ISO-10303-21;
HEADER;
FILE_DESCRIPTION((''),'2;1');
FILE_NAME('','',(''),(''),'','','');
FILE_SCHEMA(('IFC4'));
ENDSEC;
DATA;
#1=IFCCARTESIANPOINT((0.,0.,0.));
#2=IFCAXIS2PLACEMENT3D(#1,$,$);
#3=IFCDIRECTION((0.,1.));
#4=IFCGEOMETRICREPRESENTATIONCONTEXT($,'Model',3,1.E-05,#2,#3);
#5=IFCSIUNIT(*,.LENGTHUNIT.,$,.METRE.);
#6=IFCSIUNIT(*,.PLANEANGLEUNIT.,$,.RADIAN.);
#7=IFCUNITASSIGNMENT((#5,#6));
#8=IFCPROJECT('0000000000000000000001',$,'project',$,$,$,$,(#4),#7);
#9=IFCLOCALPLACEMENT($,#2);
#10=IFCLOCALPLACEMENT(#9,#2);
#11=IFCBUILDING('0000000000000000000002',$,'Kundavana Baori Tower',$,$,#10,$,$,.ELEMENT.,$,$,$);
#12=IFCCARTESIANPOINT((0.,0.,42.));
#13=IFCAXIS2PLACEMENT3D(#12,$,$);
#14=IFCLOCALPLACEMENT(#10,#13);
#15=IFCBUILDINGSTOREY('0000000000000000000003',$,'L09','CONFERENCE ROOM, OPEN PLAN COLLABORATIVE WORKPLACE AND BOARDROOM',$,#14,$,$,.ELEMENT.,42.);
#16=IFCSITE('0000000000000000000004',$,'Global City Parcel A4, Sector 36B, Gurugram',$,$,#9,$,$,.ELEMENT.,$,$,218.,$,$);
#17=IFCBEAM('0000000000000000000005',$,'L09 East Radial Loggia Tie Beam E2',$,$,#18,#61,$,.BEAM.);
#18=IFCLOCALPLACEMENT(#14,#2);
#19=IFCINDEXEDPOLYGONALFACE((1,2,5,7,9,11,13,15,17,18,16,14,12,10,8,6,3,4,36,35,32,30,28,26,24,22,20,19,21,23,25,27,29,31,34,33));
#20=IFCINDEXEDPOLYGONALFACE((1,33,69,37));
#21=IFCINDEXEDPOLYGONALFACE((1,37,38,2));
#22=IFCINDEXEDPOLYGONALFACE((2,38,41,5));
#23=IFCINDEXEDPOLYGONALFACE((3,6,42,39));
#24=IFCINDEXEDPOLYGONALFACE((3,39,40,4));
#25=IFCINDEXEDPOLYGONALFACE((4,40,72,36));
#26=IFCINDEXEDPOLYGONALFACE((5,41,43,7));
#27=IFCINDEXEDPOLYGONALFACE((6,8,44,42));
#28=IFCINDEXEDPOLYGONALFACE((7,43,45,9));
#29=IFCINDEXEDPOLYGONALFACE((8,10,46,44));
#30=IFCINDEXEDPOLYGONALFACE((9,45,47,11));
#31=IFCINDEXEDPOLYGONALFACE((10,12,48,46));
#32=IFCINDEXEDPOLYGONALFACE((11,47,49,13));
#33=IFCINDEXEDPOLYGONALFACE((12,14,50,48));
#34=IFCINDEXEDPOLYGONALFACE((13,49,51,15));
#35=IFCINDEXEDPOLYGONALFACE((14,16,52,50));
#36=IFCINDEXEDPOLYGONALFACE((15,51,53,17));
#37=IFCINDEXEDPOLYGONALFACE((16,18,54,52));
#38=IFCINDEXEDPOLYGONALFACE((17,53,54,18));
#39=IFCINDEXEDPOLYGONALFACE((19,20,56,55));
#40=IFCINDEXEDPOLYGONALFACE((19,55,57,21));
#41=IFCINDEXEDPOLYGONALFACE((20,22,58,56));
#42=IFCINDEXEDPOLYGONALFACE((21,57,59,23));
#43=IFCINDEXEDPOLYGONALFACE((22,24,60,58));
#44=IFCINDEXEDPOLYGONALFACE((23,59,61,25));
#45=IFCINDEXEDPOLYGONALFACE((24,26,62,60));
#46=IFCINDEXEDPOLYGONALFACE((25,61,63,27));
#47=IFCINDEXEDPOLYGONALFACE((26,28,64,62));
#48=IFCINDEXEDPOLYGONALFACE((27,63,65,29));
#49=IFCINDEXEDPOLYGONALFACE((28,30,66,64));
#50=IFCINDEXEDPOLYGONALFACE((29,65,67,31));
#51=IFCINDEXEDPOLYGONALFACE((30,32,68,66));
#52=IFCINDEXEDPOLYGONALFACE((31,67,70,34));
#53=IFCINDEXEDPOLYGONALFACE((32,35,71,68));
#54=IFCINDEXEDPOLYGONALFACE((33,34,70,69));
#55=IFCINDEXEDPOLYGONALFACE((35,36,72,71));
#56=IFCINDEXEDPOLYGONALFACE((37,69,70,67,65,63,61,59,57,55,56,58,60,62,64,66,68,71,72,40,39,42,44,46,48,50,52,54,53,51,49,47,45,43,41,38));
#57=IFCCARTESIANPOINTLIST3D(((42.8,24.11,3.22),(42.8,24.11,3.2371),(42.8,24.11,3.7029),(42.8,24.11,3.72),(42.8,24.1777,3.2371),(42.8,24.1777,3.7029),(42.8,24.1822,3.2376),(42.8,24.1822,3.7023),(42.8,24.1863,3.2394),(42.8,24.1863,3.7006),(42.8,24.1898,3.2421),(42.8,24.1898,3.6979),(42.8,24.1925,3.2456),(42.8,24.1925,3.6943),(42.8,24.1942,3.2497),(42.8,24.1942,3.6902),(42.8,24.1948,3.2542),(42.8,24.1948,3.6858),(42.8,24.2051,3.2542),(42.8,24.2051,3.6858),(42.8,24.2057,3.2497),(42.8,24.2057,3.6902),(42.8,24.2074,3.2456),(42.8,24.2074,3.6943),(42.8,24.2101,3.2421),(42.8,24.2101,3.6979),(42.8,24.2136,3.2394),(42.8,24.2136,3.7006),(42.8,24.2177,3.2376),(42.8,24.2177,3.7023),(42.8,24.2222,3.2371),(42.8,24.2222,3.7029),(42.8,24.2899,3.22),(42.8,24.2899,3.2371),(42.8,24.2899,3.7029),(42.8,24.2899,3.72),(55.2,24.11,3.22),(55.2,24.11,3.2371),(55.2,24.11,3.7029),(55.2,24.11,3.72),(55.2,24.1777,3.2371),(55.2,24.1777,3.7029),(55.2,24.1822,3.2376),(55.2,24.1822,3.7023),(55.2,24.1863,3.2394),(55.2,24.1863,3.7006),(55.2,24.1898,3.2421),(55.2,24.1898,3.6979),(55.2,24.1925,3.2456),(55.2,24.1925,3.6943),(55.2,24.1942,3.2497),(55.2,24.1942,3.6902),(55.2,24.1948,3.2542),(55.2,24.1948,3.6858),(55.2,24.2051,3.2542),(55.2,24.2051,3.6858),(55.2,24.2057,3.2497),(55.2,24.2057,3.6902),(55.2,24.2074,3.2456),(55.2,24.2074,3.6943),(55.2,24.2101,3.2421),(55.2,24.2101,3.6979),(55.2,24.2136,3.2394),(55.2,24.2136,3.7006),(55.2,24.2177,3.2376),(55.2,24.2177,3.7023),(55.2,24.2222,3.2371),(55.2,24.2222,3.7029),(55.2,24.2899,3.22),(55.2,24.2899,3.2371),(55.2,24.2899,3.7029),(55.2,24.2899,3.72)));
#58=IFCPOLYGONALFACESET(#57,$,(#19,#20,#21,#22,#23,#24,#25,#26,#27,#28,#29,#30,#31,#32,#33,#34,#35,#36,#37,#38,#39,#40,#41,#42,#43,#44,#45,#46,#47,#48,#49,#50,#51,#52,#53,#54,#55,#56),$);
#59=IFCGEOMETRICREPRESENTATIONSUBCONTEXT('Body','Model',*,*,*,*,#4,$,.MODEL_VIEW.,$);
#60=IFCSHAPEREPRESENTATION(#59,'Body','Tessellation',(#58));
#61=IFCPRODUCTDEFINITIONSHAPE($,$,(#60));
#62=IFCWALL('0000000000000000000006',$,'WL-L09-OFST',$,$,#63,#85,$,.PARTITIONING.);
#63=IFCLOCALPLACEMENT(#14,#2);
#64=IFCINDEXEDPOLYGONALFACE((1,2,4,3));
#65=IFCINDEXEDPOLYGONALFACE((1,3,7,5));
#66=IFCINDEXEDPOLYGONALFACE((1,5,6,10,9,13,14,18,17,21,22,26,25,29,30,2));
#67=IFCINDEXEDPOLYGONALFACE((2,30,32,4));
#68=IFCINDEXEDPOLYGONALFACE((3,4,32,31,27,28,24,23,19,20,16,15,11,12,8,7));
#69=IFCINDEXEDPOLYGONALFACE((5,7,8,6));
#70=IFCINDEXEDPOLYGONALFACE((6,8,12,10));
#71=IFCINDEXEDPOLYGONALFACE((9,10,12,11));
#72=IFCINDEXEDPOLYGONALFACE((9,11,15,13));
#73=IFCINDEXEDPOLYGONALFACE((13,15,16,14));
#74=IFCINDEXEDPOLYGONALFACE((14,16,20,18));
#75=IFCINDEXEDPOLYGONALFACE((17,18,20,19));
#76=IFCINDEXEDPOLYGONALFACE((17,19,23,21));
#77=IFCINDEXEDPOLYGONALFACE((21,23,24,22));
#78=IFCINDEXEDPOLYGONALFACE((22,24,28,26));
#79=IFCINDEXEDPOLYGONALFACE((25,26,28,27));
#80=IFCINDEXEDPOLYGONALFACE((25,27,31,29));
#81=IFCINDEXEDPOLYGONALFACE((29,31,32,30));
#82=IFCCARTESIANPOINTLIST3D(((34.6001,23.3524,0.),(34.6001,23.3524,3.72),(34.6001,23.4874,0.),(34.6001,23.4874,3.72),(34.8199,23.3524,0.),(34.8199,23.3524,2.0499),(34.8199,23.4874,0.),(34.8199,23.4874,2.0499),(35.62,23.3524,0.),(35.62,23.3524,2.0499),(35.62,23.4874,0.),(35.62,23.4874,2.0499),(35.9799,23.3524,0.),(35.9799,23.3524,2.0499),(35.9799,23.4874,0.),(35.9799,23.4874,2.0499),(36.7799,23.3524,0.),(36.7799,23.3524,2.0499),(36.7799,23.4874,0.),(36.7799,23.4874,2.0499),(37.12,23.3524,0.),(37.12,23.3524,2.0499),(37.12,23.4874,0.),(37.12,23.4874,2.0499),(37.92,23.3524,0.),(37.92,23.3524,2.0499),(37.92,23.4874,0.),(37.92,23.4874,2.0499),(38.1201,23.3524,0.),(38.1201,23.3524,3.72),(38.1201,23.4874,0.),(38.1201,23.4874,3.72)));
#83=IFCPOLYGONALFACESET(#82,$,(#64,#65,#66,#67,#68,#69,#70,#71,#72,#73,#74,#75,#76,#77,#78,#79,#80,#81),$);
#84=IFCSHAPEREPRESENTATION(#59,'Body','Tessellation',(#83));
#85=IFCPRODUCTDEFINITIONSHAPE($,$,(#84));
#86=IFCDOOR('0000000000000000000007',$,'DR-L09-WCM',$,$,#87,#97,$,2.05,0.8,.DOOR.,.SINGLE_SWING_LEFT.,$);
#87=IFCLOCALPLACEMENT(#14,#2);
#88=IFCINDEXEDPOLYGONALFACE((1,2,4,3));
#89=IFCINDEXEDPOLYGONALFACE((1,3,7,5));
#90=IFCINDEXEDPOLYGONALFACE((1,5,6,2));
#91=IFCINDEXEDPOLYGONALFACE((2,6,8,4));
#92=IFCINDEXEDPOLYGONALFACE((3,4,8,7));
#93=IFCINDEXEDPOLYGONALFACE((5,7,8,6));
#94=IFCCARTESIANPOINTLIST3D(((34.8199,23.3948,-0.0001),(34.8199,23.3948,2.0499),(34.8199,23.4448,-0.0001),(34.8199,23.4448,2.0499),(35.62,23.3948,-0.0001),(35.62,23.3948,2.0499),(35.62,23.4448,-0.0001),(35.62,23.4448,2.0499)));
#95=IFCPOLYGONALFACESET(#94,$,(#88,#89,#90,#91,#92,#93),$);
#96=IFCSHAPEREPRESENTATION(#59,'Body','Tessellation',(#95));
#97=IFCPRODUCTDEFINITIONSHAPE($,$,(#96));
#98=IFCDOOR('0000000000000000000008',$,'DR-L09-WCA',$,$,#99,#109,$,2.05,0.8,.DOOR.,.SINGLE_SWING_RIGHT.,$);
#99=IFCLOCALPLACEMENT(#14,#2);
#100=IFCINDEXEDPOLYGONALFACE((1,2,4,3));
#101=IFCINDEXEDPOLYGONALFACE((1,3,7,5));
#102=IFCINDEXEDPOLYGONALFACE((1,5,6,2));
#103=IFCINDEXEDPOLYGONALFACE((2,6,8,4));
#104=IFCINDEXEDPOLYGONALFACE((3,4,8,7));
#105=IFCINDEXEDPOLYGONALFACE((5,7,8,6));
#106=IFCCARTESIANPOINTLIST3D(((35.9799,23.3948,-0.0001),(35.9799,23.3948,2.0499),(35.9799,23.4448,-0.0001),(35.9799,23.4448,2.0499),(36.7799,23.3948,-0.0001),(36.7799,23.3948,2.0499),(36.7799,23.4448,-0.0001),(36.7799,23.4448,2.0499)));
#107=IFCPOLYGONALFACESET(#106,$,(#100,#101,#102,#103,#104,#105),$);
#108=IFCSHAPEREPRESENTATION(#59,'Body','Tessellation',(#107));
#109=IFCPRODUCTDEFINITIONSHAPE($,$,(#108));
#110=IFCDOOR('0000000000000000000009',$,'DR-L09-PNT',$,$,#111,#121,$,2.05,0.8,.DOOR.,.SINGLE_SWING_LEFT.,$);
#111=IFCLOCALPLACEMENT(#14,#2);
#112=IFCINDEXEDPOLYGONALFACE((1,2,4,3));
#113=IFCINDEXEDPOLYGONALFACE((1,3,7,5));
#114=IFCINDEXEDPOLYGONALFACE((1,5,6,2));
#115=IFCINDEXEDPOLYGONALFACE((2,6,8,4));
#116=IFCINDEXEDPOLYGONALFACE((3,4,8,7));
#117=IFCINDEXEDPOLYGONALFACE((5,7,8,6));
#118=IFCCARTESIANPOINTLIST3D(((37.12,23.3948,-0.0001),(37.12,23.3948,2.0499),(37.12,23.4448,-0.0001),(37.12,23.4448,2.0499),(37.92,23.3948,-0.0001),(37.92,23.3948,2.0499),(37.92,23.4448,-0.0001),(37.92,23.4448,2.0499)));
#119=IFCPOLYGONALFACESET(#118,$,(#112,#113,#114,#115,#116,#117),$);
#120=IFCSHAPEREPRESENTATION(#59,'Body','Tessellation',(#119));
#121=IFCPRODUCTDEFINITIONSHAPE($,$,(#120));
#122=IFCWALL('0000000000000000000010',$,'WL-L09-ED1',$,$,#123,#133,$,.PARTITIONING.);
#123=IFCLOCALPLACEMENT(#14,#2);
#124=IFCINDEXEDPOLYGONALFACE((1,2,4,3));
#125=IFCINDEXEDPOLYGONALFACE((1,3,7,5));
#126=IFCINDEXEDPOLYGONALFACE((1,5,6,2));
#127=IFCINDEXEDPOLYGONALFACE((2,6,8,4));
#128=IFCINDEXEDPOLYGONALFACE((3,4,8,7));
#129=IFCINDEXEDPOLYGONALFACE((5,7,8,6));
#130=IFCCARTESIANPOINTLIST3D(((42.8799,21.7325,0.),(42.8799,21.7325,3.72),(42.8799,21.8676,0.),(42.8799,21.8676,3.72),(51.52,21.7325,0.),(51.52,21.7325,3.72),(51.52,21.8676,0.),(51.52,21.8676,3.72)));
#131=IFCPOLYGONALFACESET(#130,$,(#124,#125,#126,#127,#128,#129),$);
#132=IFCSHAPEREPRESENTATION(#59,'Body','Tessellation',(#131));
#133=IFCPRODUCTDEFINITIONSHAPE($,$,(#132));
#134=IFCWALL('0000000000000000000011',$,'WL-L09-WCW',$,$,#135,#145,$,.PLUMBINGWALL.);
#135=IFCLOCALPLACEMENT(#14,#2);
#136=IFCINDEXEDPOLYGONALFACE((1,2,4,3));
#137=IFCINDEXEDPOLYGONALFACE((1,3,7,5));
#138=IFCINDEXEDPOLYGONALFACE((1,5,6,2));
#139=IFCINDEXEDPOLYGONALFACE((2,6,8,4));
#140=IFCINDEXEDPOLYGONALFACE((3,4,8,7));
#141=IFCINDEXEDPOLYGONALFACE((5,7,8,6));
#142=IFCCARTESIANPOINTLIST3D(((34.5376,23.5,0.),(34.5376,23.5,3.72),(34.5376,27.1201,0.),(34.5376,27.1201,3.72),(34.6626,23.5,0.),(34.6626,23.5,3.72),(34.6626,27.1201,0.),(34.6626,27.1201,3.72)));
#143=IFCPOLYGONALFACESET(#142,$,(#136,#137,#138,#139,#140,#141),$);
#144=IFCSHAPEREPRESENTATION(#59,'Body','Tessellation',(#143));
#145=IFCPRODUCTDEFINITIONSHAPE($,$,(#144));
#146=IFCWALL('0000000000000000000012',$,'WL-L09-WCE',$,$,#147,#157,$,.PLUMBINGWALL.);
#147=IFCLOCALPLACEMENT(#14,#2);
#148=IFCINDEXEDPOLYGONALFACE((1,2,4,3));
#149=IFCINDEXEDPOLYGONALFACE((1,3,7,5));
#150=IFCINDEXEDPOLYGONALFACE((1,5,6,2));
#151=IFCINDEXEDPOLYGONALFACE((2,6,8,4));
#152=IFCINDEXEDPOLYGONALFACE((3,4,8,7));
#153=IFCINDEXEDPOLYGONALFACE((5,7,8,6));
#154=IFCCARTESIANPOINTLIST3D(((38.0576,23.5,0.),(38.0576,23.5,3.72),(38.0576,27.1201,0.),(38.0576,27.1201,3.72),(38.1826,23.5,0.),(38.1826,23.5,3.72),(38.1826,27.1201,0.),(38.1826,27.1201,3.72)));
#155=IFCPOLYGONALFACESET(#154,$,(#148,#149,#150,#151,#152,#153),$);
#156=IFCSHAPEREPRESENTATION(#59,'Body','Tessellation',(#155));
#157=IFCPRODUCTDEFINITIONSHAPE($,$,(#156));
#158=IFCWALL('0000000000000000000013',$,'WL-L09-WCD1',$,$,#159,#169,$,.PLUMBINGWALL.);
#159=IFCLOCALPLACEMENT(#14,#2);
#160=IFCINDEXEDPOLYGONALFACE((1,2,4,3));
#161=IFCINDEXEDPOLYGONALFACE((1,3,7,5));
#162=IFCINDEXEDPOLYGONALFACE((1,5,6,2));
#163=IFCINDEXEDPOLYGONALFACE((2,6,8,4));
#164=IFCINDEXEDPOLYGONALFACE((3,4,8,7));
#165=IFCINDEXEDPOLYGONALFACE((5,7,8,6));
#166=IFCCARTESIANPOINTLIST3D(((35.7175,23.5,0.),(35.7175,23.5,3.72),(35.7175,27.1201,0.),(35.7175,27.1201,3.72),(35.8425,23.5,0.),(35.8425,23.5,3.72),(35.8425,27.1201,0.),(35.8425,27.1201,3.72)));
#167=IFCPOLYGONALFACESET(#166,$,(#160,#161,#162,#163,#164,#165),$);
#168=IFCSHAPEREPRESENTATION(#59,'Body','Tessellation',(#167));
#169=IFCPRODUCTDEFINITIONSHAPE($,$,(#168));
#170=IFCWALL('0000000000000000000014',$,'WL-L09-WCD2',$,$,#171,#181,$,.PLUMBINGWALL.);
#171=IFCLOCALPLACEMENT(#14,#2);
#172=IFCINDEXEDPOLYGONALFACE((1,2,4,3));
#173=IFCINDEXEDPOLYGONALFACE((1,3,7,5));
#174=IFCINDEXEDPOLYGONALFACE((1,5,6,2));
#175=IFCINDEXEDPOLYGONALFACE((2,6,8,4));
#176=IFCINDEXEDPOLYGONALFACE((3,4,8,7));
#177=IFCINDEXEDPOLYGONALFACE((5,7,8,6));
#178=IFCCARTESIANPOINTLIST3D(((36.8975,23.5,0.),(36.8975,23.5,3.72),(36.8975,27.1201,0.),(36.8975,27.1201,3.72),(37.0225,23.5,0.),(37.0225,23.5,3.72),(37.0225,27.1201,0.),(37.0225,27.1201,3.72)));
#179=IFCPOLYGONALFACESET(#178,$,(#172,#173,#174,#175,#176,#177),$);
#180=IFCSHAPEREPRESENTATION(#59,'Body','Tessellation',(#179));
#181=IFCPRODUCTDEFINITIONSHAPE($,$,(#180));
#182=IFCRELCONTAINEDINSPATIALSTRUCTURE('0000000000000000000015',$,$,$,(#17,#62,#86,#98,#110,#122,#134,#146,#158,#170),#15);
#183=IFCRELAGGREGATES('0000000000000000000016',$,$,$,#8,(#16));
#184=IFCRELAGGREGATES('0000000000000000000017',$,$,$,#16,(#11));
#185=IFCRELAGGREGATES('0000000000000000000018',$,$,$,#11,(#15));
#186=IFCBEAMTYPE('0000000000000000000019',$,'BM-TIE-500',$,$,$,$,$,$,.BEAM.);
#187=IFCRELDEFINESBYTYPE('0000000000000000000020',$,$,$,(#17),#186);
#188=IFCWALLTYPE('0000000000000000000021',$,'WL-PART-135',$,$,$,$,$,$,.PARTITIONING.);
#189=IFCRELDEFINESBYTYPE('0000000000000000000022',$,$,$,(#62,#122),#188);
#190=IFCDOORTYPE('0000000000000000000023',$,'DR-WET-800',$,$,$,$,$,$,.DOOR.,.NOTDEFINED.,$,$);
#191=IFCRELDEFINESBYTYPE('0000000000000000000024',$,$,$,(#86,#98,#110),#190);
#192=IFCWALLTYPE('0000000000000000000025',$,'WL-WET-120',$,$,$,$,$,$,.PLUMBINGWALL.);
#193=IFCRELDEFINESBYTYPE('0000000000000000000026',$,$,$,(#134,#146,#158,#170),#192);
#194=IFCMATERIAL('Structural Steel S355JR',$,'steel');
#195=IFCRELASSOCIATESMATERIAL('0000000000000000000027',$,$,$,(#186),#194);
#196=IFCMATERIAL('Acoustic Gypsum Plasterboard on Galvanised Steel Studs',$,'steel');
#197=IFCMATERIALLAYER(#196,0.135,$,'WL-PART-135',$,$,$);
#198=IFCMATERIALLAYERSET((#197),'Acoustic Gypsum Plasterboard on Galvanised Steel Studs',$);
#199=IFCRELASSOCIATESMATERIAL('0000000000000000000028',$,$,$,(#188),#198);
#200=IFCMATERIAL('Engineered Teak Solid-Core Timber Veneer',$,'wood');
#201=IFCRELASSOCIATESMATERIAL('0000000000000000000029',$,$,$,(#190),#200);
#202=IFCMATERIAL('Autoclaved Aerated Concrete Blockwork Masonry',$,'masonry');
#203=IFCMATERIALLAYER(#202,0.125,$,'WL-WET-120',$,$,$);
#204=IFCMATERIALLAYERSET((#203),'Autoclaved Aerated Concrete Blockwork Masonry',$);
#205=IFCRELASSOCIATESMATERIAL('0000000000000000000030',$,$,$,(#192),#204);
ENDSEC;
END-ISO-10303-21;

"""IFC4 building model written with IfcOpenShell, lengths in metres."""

from ifc_helpers import new_model, si_unit, direction, frame, frame_2d, origin, origin_2d, place, context, subcontext, project, spatial, rectangle, i_section, extrude, material, layer, layer_set, material_profile, profile_set, type_object, element, fill, save


model = new_model("IFC4")

# Units and contexts
model_context = context("Model", 3, precision=1e-05, world=origin(), true_north=direction((0.0, 1.0)))
body_context = subcontext(model_context, "Body", "Model", "MODEL_VIEW")
ifc_project = project(units=[si_unit("LENGTHUNIT", "METRE"), si_unit("PLANEANGLEUNIT", "RADIAN")], contexts=[model_context])

# Site, building, storey
site_placement = place(None, origin())
site = spatial("IfcSite", under=ifc_project, at=site_placement, Name="Global City Parcel A4, Sector 36B, Gurugram", CompositionType="ELEMENT", RefElevation=218.0)
building_placement = place(site_placement, origin())
building = spatial("IfcBuilding", under=site, at=building_placement, Name="Kundavana Baori Tower", CompositionType="ELEMENT")
storey_placement = place(building_placement, frame((0.0, 0.0, 42.0)))
storey = spatial("IfcBuildingStorey", under=building, at=storey_placement, Name="L09", Description="CONFERENCE ROOM, OPEN PLAN COLLABORATIVE WORKPLACE AND BOARDROOM", CompositionType="ELEMENT", Elevation=42.0)

# Beam
ifc_material_1 = material(Name="Structural Steel S355JR", Category="steel")
ifc_material_profile_1 = material_profile(ifc_material_1, i_section(OverallWidth=0.1799, OverallDepth=0.5, WebThickness=0.0103, FlangeThickness=0.0171, FilletRadius=0.0171, at=origin_2d()), Name="ISMB 500")
ifc_profile_set_1 = profile_set([ifc_material_profile_1], Name="Structural Steel S355JR")
beam_type_1 = type_object("IfcBeamType", Name="BM-TIE-500", PredefinedType="BEAM", material=ifc_profile_set_1)
beam_1_placement = place(storey_placement, frame((42.8, 24.2, 3.47), z_axis=(1.0, 0.0, 0.0), x_axis=(0.0, 1.0, 0.0)))
element("IfcBeam", 1, at=beam_1_placement, inside=storey, type_object=beam_type_1, Name="L09 East Radial Loggia Tie Beam E2", PredefinedType="BEAM", context=body_context, shape_type="SweptSolid", body=[
    extrude(i_section(OverallWidth=0.1799, OverallDepth=0.5, WebThickness=0.0103, FlangeThickness=0.0171, FilletRadius=0.0171, at=origin_2d()), origin(), (0.0, 0.0, 1.0), 12.3999),
])

# Wall, openings, doors
ifc_material_2 = material(Name="Acoustic Gypsum Plasterboard on Galvanised Steel Studs", Category="steel")
ifc_layer_1 = layer(ifc_material_2, 0.135, Name="WL-PART-135")
ifc_layer_set_1 = layer_set([ifc_layer_1], Name="Acoustic Gypsum Plasterboard on Galvanised Steel Studs")
wall_type_1 = type_object("IfcWallType", Name="WL-PART-135", PredefinedType="PARTITIONING", material=ifc_layer_set_1)
wall_1_placement = place(storey_placement, frame((34.6001, 23.4199, 0.0), z_axis=(0.0, 0.0, 1.0), x_axis=(1.0, 0.0, 0.0)))
wall_1 = element("IfcWall", 2, at=wall_1_placement, inside=storey, type_object=wall_type_1, Name="WL-L09-OFST", PredefinedType="PARTITIONING", context=body_context, shape_type="SweptSolid", body=[
    extrude(rectangle(XDim=3.52, YDim=0.135, at=frame_2d((1.76, 0.0))), origin(), (0.0, 0.0, 1.0), 3.72),
])
opening_1_placement = place(wall_1_placement, frame((0.22, 0.0, 0.0)))
opening_1 = element("IfcOpeningElement", 3, at=opening_1_placement, cuts=wall_1, PredefinedType="OPENING", context=body_context, shape_type="SweptSolid", body=[
    extrude(rectangle(XDim=0.8, YDim=2.05, at=frame_2d((0.3999, 1.0249))), frame((0.0, 0.0776, 0.0), z_axis=(0.0, -1.0, 0.0), x_axis=(1.0, 0.0, 0.0)), (0.0, 0.0, 1.0), 0.155),
])
opening_2_placement = place(wall_1_placement, frame((1.3799, 0.0, 0.0)))
opening_2 = element("IfcOpeningElement", 4, at=opening_2_placement, cuts=wall_1, PredefinedType="OPENING", context=body_context, shape_type="SweptSolid", body=[
    extrude(rectangle(XDim=0.8, YDim=2.05, at=frame_2d((0.3999, 1.0249))), frame((0.0, 0.0776, 0.0), z_axis=(0.0, -1.0, 0.0), x_axis=(1.0, 0.0, 0.0)), (0.0, 0.0, 1.0), 0.155),
])
opening_3_placement = place(wall_1_placement, frame((2.52, 0.0, 0.0)))
opening_3 = element("IfcOpeningElement", 5, at=opening_3_placement, cuts=wall_1, PredefinedType="OPENING", context=body_context, shape_type="SweptSolid", body=[
    extrude(rectangle(XDim=0.8, YDim=2.05, at=frame_2d((0.3999, 1.0249))), frame((0.0, 0.0776, 0.0), z_axis=(0.0, -1.0, 0.0), x_axis=(1.0, 0.0, 0.0)), (0.0, 0.0, 1.0), 0.155),
])
ifc_material_3 = material(Name="Engineered Teak Solid-Core Timber Veneer", Category="wood")
door_type = type_object("IfcDoorType", Name="DR-WET-800", OperationType="NOTDEFINED", PredefinedType="DOOR", material=ifc_material_3)
door_1_placement = place(opening_1_placement, origin())
door_1 = element("IfcDoor", 6, at=door_1_placement, inside=storey, type_object=door_type, Name="DR-L09-WCM", OperationType="SINGLE_SWING_LEFT", OverallHeight=2.05, OverallWidth=0.8, PredefinedType="DOOR", context=body_context, shape_type="SweptSolid", body=[
    extrude(rectangle(XDim=0.8, YDim=2.05, at=frame_2d((0.3999, 1.0249))), frame((0.0, 0.0249, 0.0), z_axis=(0.0, -1.0, 0.0), x_axis=(1.0, 0.0, 0.0)), (0.0, 0.0, 1.0), 0.05),
])
fill(opening_1, door_1)
door_2_placement = place(opening_2_placement, origin())
door_2 = element("IfcDoor", 7, at=door_2_placement, inside=storey, type_object=door_type, Name="DR-L09-WCA", OperationType="SINGLE_SWING_RIGHT", OverallHeight=2.05, OverallWidth=0.8, PredefinedType="DOOR", context=body_context, shape_type="SweptSolid", body=[
    extrude(rectangle(XDim=0.8, YDim=2.05, at=frame_2d((0.3999, 1.0249))), frame((0.0, 0.0249, 0.0), z_axis=(0.0, -1.0, 0.0), x_axis=(1.0, 0.0, 0.0)), (0.0, 0.0, 1.0), 0.05),
])
fill(opening_2, door_2)
door_3_placement = place(opening_3_placement, origin())
door_3 = element("IfcDoor", 8, at=door_3_placement, inside=storey, type_object=door_type, Name="DR-L09-PNT", OperationType="SINGLE_SWING_LEFT", OverallHeight=2.05, OverallWidth=0.8, PredefinedType="DOOR", context=body_context, shape_type="SweptSolid", body=[
    extrude(rectangle(XDim=0.8, YDim=2.05, at=frame_2d((0.3999, 1.0249))), frame((0.0, 0.0249, 0.0), z_axis=(0.0, -1.0, 0.0), x_axis=(1.0, 0.0, 0.0)), (0.0, 0.0, 1.0), 0.05),
])
fill(opening_3, door_3)

# Walls
wall_2_placement = place(storey_placement, frame((42.8799, 21.8, 0.0), z_axis=(0.0, 0.0, 1.0), x_axis=(1.0, 0.0, 0.0)))
element("IfcWall", 9, at=wall_2_placement, inside=storey, type_object=wall_type_1, Name="WL-L09-ED1", PredefinedType="PARTITIONING", context=body_context, shape_type="SweptSolid", body=[
    extrude(rectangle(XDim=8.6401, YDim=0.135, at=frame_2d((4.3201, 0.0))), origin(), (0.0, 0.0, 1.0), 3.72),
])
ifc_material_4 = material(Name="Autoclaved Aerated Concrete Blockwork Masonry", Category="masonry")
ifc_layer_2 = layer(ifc_material_4, 0.125, Name="WL-WET-120")
ifc_layer_set_2 = layer_set([ifc_layer_2], Name="Autoclaved Aerated Concrete Blockwork Masonry")
wall_type_2 = type_object("IfcWallType", Name="WL-WET-120", PredefinedType="PLUMBINGWALL", material=ifc_layer_set_2)
for number, where, z_axis, x_axis, name in (
    (10, (34.6001, 23.5, 0.0), (0.0, 0.0, 1.0), (0.0, 1.0, 0.0), "WL-L09-WCW"),
    (11, (38.1201, 23.5, 0.0), (0.0, 0.0, 1.0), (0.0, 1.0, 0.0), "WL-L09-WCE"),
    (12, (35.78, 23.5, 0.0), (0.0, 0.0, 1.0), (0.0, 1.0, 0.0), "WL-L09-WCD1"),
    (13, (36.96, 23.5, 0.0), (0.0, 0.0, 1.0), (0.0, 1.0, 0.0), "WL-L09-WCD2"),
):
    element("IfcWall", number, at=place(storey_placement, frame(where, z_axis=z_axis, x_axis=x_axis)), inside=storey, type_object=wall_type_2, Name=name, PredefinedType="PLUMBINGWALL", context=body_context, shape_type="SweptSolid", body=[
        extrude(rectangle(XDim=3.6201, YDim=0.125, at=frame_2d((1.8101, 0.0))), origin(), (0.0, 0.0, 1.0), 3.72),
    ])

save(model, "model.ifc")
